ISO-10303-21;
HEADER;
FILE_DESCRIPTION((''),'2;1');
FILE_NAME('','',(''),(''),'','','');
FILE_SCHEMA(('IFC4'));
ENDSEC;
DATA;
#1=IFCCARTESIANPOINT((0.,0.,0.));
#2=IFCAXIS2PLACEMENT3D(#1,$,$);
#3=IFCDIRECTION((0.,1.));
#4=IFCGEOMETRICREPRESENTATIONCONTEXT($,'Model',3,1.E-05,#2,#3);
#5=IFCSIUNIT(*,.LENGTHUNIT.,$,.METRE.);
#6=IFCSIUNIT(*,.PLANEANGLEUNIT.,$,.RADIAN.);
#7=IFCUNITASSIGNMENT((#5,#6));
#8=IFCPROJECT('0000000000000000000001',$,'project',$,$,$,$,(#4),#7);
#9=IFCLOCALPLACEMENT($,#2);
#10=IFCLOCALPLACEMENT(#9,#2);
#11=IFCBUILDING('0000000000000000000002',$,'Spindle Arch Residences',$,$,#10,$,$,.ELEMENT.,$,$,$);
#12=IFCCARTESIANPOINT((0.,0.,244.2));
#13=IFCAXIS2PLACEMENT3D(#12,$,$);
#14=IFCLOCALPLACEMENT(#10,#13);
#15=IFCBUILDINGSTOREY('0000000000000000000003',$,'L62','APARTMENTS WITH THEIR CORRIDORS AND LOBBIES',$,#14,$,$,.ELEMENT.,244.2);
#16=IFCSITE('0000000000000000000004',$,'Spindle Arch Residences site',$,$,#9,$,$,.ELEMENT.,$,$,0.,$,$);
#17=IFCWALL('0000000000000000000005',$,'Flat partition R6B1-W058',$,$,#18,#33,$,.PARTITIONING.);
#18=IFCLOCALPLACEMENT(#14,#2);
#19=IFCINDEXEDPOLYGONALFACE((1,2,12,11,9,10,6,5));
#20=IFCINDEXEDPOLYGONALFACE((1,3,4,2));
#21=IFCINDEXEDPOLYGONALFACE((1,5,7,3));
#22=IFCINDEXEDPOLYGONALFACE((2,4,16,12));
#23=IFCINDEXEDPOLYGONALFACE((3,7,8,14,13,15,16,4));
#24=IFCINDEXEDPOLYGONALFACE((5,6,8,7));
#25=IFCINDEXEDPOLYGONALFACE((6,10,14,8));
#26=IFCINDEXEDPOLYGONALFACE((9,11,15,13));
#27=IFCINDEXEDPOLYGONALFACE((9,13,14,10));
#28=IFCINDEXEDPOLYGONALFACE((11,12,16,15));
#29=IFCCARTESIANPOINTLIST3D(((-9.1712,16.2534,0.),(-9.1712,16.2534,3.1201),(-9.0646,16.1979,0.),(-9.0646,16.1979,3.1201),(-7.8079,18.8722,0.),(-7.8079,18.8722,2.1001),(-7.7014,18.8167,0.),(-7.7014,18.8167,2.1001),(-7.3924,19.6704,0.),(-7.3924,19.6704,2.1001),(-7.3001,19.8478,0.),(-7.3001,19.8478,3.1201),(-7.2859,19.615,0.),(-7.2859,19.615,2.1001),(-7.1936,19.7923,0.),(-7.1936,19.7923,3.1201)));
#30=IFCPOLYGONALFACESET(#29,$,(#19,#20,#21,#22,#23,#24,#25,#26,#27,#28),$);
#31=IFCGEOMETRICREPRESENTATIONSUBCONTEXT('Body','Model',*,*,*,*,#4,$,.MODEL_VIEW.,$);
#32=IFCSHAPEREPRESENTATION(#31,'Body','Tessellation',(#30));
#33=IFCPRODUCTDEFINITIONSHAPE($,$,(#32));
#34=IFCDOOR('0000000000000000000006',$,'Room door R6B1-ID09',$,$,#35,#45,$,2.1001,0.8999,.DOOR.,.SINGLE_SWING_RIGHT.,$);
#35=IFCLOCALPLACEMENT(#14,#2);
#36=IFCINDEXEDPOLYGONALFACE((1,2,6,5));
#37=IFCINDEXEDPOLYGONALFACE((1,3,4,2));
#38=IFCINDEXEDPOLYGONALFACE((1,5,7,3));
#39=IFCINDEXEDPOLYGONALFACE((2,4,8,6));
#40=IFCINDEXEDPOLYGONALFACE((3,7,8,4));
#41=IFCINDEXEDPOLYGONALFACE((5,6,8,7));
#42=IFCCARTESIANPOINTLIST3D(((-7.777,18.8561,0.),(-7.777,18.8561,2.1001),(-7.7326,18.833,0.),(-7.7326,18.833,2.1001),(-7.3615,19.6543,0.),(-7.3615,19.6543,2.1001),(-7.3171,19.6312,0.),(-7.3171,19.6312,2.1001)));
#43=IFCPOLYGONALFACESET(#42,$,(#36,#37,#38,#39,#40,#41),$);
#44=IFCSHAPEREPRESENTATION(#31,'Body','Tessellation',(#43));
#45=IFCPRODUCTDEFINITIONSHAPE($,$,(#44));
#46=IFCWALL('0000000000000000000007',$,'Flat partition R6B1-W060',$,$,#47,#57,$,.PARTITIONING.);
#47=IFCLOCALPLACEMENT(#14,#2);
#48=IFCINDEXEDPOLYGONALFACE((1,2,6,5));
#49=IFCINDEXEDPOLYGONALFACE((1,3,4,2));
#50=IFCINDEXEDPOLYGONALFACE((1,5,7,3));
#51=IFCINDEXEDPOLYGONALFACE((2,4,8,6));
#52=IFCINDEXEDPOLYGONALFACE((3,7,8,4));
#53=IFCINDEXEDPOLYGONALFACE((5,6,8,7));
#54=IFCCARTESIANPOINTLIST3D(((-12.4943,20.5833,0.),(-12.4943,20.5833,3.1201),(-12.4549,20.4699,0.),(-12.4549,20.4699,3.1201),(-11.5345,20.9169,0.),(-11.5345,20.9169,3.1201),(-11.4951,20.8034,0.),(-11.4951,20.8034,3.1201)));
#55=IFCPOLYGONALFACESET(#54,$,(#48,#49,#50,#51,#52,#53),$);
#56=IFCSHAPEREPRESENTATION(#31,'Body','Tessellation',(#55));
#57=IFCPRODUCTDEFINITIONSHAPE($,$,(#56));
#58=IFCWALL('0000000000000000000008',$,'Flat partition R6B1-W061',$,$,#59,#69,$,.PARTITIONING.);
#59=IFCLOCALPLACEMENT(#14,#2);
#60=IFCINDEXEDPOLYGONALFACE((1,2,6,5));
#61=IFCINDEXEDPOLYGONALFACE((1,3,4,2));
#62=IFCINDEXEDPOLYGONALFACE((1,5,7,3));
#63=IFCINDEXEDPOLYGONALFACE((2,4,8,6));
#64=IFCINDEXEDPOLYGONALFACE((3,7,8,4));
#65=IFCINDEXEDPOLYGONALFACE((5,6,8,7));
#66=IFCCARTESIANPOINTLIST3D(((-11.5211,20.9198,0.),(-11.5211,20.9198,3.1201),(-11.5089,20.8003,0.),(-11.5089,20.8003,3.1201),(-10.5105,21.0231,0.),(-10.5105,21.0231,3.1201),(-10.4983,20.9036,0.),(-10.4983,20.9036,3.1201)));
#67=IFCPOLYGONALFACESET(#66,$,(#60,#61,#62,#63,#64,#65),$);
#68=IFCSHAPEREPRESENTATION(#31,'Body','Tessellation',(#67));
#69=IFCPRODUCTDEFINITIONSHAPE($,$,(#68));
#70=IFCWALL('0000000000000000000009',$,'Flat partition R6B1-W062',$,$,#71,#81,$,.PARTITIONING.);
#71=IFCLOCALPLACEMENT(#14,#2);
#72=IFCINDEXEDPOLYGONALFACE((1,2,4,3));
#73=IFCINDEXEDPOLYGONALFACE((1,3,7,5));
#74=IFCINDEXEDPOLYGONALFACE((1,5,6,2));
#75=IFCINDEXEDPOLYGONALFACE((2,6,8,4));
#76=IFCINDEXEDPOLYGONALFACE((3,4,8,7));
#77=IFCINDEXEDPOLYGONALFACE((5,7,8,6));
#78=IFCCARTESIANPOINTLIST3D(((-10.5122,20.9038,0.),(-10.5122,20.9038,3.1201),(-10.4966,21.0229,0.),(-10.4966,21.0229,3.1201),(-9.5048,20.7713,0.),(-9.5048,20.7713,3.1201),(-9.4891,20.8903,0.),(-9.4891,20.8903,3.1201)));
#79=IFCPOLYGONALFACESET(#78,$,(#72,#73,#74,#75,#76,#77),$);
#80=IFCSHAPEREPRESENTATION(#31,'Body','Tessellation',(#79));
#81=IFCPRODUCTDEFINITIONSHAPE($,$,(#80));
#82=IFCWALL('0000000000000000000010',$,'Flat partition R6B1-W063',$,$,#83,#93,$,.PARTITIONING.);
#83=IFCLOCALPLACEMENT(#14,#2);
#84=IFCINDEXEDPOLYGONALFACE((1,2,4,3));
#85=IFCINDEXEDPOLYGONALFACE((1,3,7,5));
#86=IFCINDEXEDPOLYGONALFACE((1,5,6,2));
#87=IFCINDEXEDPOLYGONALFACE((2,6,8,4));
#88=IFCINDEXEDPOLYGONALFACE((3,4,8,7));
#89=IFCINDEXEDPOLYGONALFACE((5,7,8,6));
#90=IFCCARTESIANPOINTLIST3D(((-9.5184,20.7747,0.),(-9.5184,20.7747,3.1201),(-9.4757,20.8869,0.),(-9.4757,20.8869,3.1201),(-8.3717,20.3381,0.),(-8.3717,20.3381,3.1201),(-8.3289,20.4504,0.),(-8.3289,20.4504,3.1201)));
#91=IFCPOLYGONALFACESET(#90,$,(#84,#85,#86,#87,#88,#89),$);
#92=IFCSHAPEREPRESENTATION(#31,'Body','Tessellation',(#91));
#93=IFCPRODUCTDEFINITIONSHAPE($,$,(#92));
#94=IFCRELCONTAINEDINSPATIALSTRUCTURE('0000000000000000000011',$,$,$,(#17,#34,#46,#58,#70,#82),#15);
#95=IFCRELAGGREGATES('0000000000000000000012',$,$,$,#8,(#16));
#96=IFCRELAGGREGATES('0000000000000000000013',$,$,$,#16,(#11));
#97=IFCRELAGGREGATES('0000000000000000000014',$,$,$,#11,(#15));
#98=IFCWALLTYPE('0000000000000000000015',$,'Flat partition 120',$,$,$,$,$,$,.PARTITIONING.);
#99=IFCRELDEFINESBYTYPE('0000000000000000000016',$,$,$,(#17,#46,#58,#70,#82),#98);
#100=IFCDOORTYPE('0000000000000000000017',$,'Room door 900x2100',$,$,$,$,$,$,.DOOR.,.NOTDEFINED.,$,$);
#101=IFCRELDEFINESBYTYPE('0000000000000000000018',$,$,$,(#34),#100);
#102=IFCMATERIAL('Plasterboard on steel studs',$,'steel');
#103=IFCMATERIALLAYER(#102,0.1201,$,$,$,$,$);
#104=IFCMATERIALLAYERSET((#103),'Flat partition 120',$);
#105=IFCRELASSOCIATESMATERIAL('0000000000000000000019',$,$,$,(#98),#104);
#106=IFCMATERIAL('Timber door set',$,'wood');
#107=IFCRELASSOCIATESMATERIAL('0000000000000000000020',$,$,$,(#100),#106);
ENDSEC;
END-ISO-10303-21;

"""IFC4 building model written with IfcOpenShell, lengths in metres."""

from ifc_helpers import new_model, si_unit, direction, frame, frame_2d, origin, place, context, subcontext, project, spatial, rectangle, extrude, material, layer, layer_set, type_object, element, fill, save


model = new_model("IFC4")

# Units and contexts
model_context = context("Model", 3, precision=1e-05, world=origin(), true_north=direction((0.0, 1.0)))
body_context = subcontext(model_context, "Body", "Model", "MODEL_VIEW")
ifc_project = project(units=[si_unit("LENGTHUNIT", "METRE"), si_unit("PLANEANGLEUNIT", "RADIAN")], contexts=[model_context])

# Site, building, storey
site_placement = place(None, origin())
site = spatial("IfcSite", under=ifc_project, at=site_placement, Name="Spindle Arch Residences site", CompositionType="ELEMENT", RefElevation=0.0)
building_placement = place(site_placement, origin())
building = spatial("IfcBuilding", under=site, at=building_placement, Name="Spindle Arch Residences", CompositionType="ELEMENT")
storey_placement = place(building_placement, frame((0.0, 0.0, 244.2)))
storey = spatial("IfcBuildingStorey", under=building, at=storey_placement, Name="L62", Description="APARTMENTS WITH THEIR CORRIDORS AND LOBBIES", CompositionType="ELEMENT", Elevation=244.2)

# Shared definitions
ifc_material_1 = material(Name="Plasterboard on steel studs", Category="steel")
ifc_layer_1 = layer(ifc_material_1, 0.1201)
ifc_layer_set_1 = layer_set([ifc_layer_1], Name="Flat partition 120")
wall_type = type_object("IfcWallType", Name="Flat partition 120", PredefinedType="PARTITIONING", material=ifc_layer_set_1)
ifc_material_2 = material(Name="Timber door set", Category="wood")
door_type = type_object("IfcDoorType", Name="Room door 900x2100", OperationType="NOTDEFINED", PredefinedType="DOOR", material=ifc_material_2)

# Wall, opening, door
wall_1_placement = place(storey_placement, frame((-7.2468, 19.8201, 0.0), z_axis=(0.0, 0.0, 1.0), x_axis=(-0.461734, -0.887018, 0.0)))
wall_1 = element("IfcWall", 1, at=wall_1_placement, inside=storey, type_object=wall_type, Name="Flat partition R6B1-W058", PredefinedType="PARTITIONING", context=body_context, shape_type="SweptSolid", body=[
    extrude(rectangle(XDim=4.0522, YDim=0.1201, at=frame_2d((2.0261, 0.0))), origin(), (0.0, 0.0, 1.0), 3.1201),
])
opening_1_placement = place(wall_1_placement, frame((0.2, 0.0, 0.0)))
opening_1 = element("IfcOpeningElement", 2, at=opening_1_placement, cuts=wall_1, PredefinedType="OPENING", context=body_context, shape_type="SweptSolid", body=[
    extrude(rectangle(XDim=0.8999, YDim=2.1001, at=frame_2d((0.45, 1.05))), frame((0.0, 0.0701, 0.0), z_axis=(0.0, -1.0, 0.0), x_axis=(1.0, 0.0, 0.0)), (0.0, 0.0, 1.0), 0.1401),
])
door_1_placement = place(opening_1_placement, origin())
door_1 = element("IfcDoor", 3, at=door_1_placement, inside=storey, type_object=door_type, Name="Room door R6B1-ID09", OperationType="SINGLE_SWING_RIGHT", OverallHeight=2.1001, OverallWidth=0.8999, PredefinedType="DOOR", context=body_context, shape_type="SweptSolid", body=[
    extrude(rectangle(XDim=0.8999, YDim=2.1001, at=frame_2d((0.45, 1.05))), frame((0.0, 0.0249, 0.0), z_axis=(0.0, -1.0, 0.0), x_axis=(1.0, 0.0, 0.0)), (0.0, 0.0, 1.0), 0.05),
])
fill(opening_1, door_1)

# Walls
wall_2_placement = place(storey_placement, frame((-12.4746, 20.5266, 0.0), z_axis=(0.0, 0.0, 1.0), x_axis=(0.944594, 0.328241, 0.0)))
element("IfcWall", 4, at=wall_2_placement, inside=storey, type_object=wall_type, Name="Flat partition R6B1-W060", PredefinedType="PARTITIONING", context=body_context, shape_type="SweptSolid", body=[
    extrude(rectangle(XDim=1.0161, YDim=0.1201, at=frame_2d((0.5081, 0.0))), origin(), (0.0, 0.0, 1.0), 3.1201),
])
wall_3_placement = place(storey_placement, frame((-11.5149, 20.8601, 0.0), z_axis=(0.0, 0.0, 1.0), x_axis=(0.994818, 0.101669, 0.0)))
element("IfcWall", 5, at=wall_3_placement, inside=storey, type_object=wall_type, Name="Flat partition R6B1-W061", PredefinedType="PARTITIONING", context=body_context, shape_type="SweptSolid", body=[
    extrude(rectangle(XDim=1.0159, YDim=0.1201, at=frame_2d((0.5078, 0.0))), origin(), (0.0, 0.0, 1.0), 3.1201),
])
wall_4_placement = place(storey_placement, frame((-10.5044, 20.9634, 0.0), z_axis=(0.0, 0.0, 1.0), x_axis=(0.991451, -0.130479, 0.0)))
element("IfcWall", 6, at=wall_4_placement, inside=storey, type_object=wall_type, Name="Flat partition R6B1-W062", PredefinedType="PARTITIONING", context=body_context, shape_type="SweptSolid", body=[
    extrude(rectangle(XDim=1.0161, YDim=0.1201, at=frame_2d((0.5081, 0.0))), origin(), (0.0, 0.0, 1.0), 3.1201),
])
wall_5_placement = place(storey_placement, frame((-9.4971, 20.8308, 0.0), z_axis=(0.0, 0.0, 1.0), x_axis=(0.934576, -0.355764, 0.0)))
element("IfcWall", 7, at=wall_5_placement, inside=storey, type_object=wall_type, Name="Flat partition R6B1-W063", PredefinedType="PARTITIONING", context=body_context, shape_type="SweptSolid", body=[
    extrude(rectangle(XDim=1.2271, YDim=0.1201, at=frame_2d((0.6135, 0.0))), origin(), (0.0, 0.0, 1.0), 3.1201),
])

save(model, "model.ifc")
